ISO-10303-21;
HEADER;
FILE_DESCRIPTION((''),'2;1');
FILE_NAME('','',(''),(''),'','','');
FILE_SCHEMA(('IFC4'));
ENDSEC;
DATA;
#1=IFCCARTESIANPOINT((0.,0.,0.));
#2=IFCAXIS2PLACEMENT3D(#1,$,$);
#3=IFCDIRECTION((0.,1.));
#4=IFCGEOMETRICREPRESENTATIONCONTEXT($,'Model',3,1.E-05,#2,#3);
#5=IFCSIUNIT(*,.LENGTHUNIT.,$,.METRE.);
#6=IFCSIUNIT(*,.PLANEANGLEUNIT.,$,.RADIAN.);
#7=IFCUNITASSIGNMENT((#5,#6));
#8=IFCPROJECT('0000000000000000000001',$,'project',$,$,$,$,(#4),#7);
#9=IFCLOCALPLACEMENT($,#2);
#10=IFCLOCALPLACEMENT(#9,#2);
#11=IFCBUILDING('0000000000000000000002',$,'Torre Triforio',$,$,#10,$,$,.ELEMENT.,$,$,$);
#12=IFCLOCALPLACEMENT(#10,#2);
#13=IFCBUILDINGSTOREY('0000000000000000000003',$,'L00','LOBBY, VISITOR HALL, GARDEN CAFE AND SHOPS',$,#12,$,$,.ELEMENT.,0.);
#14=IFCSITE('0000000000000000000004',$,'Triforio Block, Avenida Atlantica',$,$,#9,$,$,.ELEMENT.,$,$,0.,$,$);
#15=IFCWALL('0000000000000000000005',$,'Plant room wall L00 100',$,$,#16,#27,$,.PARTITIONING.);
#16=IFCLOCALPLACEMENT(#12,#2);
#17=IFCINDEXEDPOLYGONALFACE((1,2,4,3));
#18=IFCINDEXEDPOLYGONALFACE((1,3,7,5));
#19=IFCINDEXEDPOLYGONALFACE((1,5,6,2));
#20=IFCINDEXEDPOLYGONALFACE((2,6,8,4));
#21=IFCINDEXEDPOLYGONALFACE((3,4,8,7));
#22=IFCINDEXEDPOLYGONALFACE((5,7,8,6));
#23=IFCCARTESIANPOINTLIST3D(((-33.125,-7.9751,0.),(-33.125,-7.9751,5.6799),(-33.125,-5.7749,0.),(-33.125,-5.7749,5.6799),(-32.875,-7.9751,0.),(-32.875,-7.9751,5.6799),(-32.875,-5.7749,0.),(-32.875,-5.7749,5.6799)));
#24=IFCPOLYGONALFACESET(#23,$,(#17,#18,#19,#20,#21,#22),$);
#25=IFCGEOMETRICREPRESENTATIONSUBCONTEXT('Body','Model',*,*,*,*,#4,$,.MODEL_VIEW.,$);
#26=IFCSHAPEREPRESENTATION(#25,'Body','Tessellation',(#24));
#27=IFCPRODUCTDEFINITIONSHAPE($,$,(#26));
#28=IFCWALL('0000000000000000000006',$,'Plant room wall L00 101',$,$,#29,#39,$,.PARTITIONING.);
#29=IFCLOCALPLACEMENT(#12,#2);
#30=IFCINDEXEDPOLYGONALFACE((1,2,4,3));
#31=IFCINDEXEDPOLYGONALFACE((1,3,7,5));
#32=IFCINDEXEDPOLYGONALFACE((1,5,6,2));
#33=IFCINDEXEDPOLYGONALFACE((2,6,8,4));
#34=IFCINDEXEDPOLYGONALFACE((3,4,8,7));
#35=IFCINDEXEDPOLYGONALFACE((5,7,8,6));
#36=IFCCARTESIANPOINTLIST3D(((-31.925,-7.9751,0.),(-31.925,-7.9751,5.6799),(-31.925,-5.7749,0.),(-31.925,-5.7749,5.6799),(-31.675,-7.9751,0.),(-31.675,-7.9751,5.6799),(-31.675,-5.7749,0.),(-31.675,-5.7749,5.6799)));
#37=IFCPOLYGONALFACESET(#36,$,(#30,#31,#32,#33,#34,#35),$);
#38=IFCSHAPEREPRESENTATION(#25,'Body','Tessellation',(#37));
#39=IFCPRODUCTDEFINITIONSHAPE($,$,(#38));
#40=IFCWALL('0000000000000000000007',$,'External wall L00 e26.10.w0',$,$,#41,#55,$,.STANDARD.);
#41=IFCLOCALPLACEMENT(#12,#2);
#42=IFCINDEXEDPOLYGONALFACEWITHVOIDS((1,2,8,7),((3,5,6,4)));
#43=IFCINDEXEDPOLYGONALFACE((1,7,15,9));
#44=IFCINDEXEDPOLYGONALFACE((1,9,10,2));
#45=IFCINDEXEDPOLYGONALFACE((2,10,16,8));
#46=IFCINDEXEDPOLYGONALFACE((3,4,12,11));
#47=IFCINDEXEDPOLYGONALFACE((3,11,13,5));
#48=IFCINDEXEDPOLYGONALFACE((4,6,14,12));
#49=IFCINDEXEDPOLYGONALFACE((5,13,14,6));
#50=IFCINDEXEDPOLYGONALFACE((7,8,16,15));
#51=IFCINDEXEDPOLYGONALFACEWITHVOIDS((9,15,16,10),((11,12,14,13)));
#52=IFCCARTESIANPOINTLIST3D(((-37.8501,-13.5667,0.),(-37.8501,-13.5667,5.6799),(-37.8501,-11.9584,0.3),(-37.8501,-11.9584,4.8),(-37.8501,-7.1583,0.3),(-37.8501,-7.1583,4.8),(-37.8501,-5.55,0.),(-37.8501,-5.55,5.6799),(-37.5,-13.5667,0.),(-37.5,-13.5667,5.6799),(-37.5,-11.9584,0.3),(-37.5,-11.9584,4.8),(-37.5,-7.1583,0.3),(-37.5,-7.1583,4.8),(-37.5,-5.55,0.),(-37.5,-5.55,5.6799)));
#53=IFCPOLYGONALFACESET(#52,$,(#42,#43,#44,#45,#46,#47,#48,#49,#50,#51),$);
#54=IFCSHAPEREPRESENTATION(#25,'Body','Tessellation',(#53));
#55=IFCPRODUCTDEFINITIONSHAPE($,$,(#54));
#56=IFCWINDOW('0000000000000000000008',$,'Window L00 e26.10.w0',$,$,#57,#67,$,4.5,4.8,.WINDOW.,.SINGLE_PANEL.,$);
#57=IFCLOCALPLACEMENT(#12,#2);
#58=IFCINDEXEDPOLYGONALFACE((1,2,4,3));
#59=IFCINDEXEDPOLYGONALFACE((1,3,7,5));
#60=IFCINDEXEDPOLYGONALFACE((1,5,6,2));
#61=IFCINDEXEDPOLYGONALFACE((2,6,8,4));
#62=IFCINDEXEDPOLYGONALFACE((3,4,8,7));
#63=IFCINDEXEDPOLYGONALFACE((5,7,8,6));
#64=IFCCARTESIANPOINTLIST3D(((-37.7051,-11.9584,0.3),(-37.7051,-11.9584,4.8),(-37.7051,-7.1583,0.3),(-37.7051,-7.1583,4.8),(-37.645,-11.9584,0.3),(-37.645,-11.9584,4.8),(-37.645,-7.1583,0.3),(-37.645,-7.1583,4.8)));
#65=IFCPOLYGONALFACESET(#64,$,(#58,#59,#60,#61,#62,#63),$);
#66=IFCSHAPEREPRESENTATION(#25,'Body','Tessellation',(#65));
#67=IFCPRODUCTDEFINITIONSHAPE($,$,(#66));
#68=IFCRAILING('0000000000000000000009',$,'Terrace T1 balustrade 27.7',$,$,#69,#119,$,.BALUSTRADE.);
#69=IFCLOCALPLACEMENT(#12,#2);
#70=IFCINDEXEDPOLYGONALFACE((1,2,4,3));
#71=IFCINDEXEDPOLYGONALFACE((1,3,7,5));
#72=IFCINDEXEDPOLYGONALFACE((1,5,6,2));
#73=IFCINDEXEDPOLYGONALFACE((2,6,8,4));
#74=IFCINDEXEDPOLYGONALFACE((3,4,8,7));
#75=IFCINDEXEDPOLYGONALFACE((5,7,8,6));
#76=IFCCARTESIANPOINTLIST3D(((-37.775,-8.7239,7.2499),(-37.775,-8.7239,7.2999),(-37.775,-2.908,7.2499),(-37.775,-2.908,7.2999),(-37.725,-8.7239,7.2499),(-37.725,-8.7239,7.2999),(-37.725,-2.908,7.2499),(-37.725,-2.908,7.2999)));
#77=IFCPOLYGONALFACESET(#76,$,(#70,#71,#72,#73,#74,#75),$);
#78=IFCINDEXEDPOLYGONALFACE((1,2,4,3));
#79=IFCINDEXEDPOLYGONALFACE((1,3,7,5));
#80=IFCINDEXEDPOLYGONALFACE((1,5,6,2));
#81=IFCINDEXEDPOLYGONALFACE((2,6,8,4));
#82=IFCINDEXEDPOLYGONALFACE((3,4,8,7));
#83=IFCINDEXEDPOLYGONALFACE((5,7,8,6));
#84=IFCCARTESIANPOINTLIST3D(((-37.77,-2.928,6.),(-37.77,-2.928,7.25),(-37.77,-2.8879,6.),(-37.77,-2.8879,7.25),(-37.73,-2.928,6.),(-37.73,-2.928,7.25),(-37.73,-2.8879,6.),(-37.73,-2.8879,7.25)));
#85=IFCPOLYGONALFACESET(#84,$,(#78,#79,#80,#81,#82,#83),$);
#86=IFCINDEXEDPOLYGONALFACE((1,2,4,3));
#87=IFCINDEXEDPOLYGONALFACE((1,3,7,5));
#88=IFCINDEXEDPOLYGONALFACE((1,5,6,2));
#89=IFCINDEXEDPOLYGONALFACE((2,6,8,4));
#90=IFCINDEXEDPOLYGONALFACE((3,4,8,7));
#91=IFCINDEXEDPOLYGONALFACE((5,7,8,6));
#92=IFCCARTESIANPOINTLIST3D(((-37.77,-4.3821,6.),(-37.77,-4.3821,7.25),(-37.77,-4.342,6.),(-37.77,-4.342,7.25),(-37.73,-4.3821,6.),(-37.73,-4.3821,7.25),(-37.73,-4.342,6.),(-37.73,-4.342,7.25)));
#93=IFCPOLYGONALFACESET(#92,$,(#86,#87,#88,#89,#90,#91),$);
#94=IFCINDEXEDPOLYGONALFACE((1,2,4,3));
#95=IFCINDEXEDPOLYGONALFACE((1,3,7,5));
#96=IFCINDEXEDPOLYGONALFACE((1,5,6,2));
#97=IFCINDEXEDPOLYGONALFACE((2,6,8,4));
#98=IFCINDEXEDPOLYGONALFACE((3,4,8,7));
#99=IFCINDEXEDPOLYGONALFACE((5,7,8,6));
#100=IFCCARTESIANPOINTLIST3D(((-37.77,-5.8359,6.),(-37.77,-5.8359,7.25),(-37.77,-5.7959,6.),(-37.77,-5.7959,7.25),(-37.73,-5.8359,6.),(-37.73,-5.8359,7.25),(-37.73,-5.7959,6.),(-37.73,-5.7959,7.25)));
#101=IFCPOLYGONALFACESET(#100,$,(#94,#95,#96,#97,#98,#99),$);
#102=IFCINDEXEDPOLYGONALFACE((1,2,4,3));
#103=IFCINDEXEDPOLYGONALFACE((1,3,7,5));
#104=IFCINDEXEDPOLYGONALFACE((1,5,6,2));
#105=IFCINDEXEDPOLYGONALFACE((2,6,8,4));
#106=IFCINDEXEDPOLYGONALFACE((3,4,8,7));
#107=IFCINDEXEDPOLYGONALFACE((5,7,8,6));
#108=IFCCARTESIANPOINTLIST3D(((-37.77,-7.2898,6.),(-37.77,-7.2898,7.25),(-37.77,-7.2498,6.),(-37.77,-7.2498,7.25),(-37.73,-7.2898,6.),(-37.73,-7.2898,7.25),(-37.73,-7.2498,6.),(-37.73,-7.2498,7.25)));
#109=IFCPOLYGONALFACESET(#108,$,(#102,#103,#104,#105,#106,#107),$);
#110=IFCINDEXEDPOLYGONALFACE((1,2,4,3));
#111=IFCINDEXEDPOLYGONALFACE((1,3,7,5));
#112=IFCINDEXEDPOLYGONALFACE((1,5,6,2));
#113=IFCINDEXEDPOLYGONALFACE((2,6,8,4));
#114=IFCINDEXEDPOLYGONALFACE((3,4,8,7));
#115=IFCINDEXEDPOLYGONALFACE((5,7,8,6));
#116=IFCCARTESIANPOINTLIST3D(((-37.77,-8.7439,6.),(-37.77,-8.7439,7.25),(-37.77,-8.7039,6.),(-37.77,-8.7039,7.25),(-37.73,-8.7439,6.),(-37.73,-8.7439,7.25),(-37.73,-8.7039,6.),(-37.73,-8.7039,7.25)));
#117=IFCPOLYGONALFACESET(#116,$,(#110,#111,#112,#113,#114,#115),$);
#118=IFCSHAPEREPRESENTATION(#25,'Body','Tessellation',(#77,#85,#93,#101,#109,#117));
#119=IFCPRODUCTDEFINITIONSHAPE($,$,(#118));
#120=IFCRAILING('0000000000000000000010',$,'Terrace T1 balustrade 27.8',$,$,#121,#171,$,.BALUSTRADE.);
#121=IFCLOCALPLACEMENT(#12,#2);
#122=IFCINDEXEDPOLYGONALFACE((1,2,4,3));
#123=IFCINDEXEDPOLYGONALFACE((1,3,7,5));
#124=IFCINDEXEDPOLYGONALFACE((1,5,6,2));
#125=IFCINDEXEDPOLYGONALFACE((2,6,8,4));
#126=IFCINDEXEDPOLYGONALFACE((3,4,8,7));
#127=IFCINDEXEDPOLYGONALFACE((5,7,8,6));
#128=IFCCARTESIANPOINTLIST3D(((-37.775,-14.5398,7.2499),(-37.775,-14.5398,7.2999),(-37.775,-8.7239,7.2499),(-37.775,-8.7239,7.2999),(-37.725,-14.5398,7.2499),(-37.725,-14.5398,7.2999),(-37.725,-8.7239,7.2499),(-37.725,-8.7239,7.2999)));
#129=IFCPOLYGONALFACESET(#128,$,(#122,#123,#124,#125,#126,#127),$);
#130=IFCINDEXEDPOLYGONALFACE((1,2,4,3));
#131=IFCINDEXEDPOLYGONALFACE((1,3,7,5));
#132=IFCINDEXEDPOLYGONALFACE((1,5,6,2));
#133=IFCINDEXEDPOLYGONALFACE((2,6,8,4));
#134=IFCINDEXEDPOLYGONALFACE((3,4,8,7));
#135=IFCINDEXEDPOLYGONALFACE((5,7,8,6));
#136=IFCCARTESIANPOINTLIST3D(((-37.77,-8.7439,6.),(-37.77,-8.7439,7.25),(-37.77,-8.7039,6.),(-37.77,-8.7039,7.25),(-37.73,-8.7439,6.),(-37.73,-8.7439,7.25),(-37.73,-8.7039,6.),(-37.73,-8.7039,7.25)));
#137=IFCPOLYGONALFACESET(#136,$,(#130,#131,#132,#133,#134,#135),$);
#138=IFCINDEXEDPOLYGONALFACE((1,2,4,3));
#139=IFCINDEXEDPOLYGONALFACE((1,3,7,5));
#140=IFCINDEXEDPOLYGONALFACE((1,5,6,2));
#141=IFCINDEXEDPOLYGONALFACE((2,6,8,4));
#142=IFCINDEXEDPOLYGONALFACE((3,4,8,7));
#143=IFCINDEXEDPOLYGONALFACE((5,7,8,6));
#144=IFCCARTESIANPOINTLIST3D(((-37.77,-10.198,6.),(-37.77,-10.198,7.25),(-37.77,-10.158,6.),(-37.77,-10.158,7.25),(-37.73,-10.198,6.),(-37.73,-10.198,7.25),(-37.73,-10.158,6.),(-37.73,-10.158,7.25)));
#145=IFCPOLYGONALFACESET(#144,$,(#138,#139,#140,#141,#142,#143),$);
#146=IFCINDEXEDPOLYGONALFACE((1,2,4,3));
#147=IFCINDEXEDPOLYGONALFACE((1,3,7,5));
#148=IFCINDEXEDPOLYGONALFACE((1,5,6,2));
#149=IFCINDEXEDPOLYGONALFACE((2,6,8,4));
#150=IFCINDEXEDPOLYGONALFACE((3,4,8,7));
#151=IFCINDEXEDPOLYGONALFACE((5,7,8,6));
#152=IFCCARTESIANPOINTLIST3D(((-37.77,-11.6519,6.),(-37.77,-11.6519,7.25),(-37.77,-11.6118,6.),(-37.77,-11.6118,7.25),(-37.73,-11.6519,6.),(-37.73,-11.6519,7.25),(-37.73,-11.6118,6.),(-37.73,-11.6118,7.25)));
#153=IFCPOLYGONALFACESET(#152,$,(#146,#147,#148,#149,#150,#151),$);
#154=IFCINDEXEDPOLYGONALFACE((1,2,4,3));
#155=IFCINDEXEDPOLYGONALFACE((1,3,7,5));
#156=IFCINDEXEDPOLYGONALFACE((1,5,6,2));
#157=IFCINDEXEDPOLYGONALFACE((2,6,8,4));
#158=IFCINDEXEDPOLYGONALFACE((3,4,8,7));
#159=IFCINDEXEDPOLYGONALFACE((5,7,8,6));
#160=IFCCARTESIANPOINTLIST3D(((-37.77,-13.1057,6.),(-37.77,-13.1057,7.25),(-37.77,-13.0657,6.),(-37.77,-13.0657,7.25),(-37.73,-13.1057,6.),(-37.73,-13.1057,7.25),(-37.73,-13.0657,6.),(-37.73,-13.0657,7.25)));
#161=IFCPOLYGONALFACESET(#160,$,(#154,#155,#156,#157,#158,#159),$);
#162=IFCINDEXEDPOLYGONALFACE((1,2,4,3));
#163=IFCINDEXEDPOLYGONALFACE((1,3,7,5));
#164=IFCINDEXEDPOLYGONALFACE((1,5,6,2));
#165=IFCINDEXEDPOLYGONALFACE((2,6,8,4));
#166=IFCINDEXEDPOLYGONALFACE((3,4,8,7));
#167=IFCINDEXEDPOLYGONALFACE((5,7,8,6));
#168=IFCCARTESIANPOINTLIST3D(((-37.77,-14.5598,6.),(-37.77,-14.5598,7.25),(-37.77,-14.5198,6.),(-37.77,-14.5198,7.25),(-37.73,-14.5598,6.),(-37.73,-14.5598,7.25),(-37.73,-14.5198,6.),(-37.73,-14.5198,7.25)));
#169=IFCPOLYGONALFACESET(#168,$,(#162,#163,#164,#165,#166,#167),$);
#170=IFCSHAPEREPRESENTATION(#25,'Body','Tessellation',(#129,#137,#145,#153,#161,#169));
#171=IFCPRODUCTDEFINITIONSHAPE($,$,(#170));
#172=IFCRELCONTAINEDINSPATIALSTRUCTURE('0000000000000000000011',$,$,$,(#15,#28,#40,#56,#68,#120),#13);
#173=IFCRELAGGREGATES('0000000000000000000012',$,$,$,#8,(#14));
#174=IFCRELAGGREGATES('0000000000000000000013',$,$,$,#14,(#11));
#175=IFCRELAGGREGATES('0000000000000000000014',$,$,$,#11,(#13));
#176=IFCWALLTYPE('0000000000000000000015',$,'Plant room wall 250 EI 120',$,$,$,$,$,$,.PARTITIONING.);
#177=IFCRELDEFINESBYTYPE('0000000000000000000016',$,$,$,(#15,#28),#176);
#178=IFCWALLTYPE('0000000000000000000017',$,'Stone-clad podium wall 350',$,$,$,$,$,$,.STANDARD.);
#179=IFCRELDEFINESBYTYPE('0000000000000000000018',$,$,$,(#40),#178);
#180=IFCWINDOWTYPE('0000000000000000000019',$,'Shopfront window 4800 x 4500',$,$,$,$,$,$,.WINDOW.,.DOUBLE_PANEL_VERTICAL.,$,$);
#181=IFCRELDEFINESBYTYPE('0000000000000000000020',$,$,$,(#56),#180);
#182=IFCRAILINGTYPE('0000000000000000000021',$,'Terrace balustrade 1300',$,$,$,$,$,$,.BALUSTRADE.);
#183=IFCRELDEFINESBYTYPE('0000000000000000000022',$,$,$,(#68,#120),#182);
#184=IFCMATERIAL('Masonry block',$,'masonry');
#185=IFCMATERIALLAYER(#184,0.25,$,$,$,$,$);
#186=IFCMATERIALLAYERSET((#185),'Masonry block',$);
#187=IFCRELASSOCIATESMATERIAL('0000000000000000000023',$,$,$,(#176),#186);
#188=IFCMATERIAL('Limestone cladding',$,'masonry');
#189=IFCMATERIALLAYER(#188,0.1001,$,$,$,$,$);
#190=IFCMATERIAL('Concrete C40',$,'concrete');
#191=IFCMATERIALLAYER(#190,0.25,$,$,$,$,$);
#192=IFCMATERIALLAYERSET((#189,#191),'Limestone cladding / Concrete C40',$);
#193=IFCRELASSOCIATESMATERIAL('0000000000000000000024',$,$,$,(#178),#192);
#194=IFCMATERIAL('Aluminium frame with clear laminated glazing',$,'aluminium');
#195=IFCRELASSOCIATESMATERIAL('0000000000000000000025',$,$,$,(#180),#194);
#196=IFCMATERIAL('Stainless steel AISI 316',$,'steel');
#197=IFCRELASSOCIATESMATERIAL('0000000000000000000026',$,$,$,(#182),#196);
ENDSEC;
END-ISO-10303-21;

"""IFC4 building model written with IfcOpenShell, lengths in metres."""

from ifc_helpers import new_model, si_unit, direction, frame, frame_2d, origin, origin_2d, place, context, subcontext, project, spatial, rectangle, extrude, material, layer, layer_set, type_object, element, fill, save


model = new_model("IFC4")

# Units and contexts
model_context = context("Model", 3, precision=1e-05, world=origin(), true_north=direction((0.0, 1.0)))
body_context = subcontext(model_context, "Body", "Model", "MODEL_VIEW")
ifc_project = project(units=[si_unit("LENGTHUNIT", "METRE"), si_unit("PLANEANGLEUNIT", "RADIAN")], contexts=[model_context])

# Site, building, storey
site_placement = place(None, origin())
site = spatial("IfcSite", under=ifc_project, at=site_placement, Name="Triforio Block, Avenida Atlantica", CompositionType="ELEMENT", RefElevation=0.0)
building_placement = place(site_placement, origin())
building = spatial("IfcBuilding", under=site, at=building_placement, Name="Torre Triforio", CompositionType="ELEMENT")
storey_placement = place(building_placement, origin())
storey = spatial("IfcBuildingStorey", under=building, at=storey_placement, Name="L00", Description="LOBBY, VISITOR HALL, GARDEN CAFE AND SHOPS", CompositionType="ELEMENT", Elevation=0.0)

# Shared definitions
ifc_material_1 = material(Name="Masonry block", Category="masonry")
ifc_layer_1 = layer(ifc_material_1, 0.25)
ifc_layer_set_1 = layer_set([ifc_layer_1], Name="Masonry block")
wall_type_1 = type_object("IfcWallType", Name="Plant room wall 250 EI 120", PredefinedType="PARTITIONING", material=ifc_layer_set_1)

# Walls
for number, where, z_axis, x_axis, name in (
    (1, (-33.0, -7.9751, 0.0), (0.0, 0.0, 1.0), (0.0, 1.0, 0.0), "Plant room wall L00 100"),
    (2, (-31.8, -7.9751, 0.0), (0.0, 0.0, 1.0), (0.0, 1.0, 0.0), "Plant room wall L00 101"),
):
    element("IfcWall", number, at=place(storey_placement, frame(where, z_axis=z_axis, x_axis=x_axis)), inside=storey, type_object=wall_type_1, Name=name, PredefinedType="PARTITIONING", context=body_context, shape_type="SweptSolid", body=[
        extrude(rectangle(XDim=2.2002, YDim=0.25, at=frame_2d((1.1001, 0.0))), origin(), (0.0, 0.0, 1.0), 5.6799),
    ])

# Shared definitions
ifc_material_2 = material(Name="Limestone cladding", Category="masonry")
ifc_layer_2 = layer(ifc_material_2, 0.1001)
ifc_material_3 = material(Name="Concrete C40", Category="concrete")
ifc_layer_3 = layer(ifc_material_3, 0.25)
ifc_layer_set_2 = layer_set([ifc_layer_2, ifc_layer_3], Name="Limestone cladding / Concrete C40")
wall_type_2 = type_object("IfcWallType", Name="Stone-clad podium wall 350", PredefinedType="STANDARD", material=ifc_layer_set_2)

# Wall, opening, window
wall_1_placement = place(storey_placement, frame((-37.675, -5.55, 0.0), z_axis=(0.0, 0.0, 1.0), x_axis=(0.0, -1.0, 0.0)))
wall_1 = element("IfcWall", 3, at=wall_1_placement, inside=storey, type_object=wall_type_2, Name="External wall L00 e26.10.w0", PredefinedType="STANDARD", context=body_context, shape_type="SweptSolid", body=[
    extrude(rectangle(XDim=8.0166, YDim=0.3501, at=frame_2d((4.0083, 0.0))), origin(), (0.0, 0.0, 1.0), 5.6799),
])
opening_1_placement = place(wall_1_placement, frame((1.6084, 0.0, 0.3)))
opening_1 = element("IfcOpeningElement", 4, at=opening_1_placement, cuts=wall_1, PredefinedType="OPENING", context=body_context, shape_type="SweptSolid", body=[
    extrude(rectangle(XDim=4.8, YDim=4.5, at=frame_2d((2.3999, 2.25))), frame((0.0, 0.1851, 0.0), z_axis=(0.0, -1.0, 0.0), x_axis=(1.0, 0.0, 0.0)), (0.0, 0.0, 1.0), 0.3701),
])
ifc_material_4 = material(Name="Aluminium frame with clear laminated glazing", Category="aluminium")
window_type = type_object("IfcWindowType", Name="Shopfront window 4800 x 4500", PartitioningType="DOUBLE_PANEL_VERTICAL", PredefinedType="WINDOW", material=ifc_material_4)
window_placement = place(opening_1_placement, origin())
window = element("IfcWindow", 5, at=window_placement, inside=storey, type_object=window_type, Name="Window L00 e26.10.w0", OverallHeight=4.5, OverallWidth=4.8, PartitioningType="SINGLE_PANEL", PredefinedType="WINDOW", context=body_context, shape_type="SweptSolid", body=[
    extrude(rectangle(XDim=4.8, YDim=4.5, at=frame_2d((2.3999, 2.25))), frame((0.0, 0.03, 0.0), z_axis=(0.0, -1.0, 0.0), x_axis=(1.0, 0.0, 0.0)), (0.0, 0.0, 1.0), 0.0601),
])
fill(opening_1, window)

# Railings
ifc_material_5 = material(Name="Stainless steel AISI 316", Category="steel")
railing_type = type_object("IfcRailingType", Name="Terrace balustrade 1300", PredefinedType="BALUSTRADE", material=ifc_material_5)
for number, where, name in (
    (6, (-37.75, -2.908, 6.0), "Terrace T1 balustrade 27.7"),
    (7, (-37.75, -8.7239, 6.0), "Terrace T1 balustrade 27.8"),
):
    element("IfcRailing", number, at=place(storey_placement, frame(where)), inside=storey, type_object=railing_type, Name=name, PredefinedType="BALUSTRADE", context=body_context, shape_type="SweptSolid", body=[
        extrude(rectangle(XDim=0.05, YDim=0.05, at=origin_2d()), frame((0.0, 0.0, 1.2749), z_axis=(0.0, -1.0, 0.0), x_axis=(1.0, 0.0, 0.0)), (0.0, 0.0, 1.0), 5.8159),
        extrude(rectangle(XDim=0.04, YDim=0.04, at=origin_2d()), origin(), (0.0, 0.0, 1.0), 1.25),
        extrude(rectangle(XDim=0.04, YDim=0.04, at=origin_2d()), frame((0.0, -1.4541, 0.0)), (0.0, 0.0, 1.0), 1.25),
        extrude(rectangle(XDim=0.04, YDim=0.04, at=origin_2d()), frame((0.0, -2.908, 0.0)), (0.0, 0.0, 1.0), 1.25),
        extrude(rectangle(XDim=0.04, YDim=0.04, at=origin_2d()), frame((0.0, -4.3618, 0.0)), (0.0, 0.0, 1.0), 1.25),
        extrude(rectangle(XDim=0.04, YDim=0.04, at=origin_2d()), frame((0.0, -5.8159, 0.0)), (0.0, 0.0, 1.0), 1.25),
    ])

save(model, "model.ifc")
